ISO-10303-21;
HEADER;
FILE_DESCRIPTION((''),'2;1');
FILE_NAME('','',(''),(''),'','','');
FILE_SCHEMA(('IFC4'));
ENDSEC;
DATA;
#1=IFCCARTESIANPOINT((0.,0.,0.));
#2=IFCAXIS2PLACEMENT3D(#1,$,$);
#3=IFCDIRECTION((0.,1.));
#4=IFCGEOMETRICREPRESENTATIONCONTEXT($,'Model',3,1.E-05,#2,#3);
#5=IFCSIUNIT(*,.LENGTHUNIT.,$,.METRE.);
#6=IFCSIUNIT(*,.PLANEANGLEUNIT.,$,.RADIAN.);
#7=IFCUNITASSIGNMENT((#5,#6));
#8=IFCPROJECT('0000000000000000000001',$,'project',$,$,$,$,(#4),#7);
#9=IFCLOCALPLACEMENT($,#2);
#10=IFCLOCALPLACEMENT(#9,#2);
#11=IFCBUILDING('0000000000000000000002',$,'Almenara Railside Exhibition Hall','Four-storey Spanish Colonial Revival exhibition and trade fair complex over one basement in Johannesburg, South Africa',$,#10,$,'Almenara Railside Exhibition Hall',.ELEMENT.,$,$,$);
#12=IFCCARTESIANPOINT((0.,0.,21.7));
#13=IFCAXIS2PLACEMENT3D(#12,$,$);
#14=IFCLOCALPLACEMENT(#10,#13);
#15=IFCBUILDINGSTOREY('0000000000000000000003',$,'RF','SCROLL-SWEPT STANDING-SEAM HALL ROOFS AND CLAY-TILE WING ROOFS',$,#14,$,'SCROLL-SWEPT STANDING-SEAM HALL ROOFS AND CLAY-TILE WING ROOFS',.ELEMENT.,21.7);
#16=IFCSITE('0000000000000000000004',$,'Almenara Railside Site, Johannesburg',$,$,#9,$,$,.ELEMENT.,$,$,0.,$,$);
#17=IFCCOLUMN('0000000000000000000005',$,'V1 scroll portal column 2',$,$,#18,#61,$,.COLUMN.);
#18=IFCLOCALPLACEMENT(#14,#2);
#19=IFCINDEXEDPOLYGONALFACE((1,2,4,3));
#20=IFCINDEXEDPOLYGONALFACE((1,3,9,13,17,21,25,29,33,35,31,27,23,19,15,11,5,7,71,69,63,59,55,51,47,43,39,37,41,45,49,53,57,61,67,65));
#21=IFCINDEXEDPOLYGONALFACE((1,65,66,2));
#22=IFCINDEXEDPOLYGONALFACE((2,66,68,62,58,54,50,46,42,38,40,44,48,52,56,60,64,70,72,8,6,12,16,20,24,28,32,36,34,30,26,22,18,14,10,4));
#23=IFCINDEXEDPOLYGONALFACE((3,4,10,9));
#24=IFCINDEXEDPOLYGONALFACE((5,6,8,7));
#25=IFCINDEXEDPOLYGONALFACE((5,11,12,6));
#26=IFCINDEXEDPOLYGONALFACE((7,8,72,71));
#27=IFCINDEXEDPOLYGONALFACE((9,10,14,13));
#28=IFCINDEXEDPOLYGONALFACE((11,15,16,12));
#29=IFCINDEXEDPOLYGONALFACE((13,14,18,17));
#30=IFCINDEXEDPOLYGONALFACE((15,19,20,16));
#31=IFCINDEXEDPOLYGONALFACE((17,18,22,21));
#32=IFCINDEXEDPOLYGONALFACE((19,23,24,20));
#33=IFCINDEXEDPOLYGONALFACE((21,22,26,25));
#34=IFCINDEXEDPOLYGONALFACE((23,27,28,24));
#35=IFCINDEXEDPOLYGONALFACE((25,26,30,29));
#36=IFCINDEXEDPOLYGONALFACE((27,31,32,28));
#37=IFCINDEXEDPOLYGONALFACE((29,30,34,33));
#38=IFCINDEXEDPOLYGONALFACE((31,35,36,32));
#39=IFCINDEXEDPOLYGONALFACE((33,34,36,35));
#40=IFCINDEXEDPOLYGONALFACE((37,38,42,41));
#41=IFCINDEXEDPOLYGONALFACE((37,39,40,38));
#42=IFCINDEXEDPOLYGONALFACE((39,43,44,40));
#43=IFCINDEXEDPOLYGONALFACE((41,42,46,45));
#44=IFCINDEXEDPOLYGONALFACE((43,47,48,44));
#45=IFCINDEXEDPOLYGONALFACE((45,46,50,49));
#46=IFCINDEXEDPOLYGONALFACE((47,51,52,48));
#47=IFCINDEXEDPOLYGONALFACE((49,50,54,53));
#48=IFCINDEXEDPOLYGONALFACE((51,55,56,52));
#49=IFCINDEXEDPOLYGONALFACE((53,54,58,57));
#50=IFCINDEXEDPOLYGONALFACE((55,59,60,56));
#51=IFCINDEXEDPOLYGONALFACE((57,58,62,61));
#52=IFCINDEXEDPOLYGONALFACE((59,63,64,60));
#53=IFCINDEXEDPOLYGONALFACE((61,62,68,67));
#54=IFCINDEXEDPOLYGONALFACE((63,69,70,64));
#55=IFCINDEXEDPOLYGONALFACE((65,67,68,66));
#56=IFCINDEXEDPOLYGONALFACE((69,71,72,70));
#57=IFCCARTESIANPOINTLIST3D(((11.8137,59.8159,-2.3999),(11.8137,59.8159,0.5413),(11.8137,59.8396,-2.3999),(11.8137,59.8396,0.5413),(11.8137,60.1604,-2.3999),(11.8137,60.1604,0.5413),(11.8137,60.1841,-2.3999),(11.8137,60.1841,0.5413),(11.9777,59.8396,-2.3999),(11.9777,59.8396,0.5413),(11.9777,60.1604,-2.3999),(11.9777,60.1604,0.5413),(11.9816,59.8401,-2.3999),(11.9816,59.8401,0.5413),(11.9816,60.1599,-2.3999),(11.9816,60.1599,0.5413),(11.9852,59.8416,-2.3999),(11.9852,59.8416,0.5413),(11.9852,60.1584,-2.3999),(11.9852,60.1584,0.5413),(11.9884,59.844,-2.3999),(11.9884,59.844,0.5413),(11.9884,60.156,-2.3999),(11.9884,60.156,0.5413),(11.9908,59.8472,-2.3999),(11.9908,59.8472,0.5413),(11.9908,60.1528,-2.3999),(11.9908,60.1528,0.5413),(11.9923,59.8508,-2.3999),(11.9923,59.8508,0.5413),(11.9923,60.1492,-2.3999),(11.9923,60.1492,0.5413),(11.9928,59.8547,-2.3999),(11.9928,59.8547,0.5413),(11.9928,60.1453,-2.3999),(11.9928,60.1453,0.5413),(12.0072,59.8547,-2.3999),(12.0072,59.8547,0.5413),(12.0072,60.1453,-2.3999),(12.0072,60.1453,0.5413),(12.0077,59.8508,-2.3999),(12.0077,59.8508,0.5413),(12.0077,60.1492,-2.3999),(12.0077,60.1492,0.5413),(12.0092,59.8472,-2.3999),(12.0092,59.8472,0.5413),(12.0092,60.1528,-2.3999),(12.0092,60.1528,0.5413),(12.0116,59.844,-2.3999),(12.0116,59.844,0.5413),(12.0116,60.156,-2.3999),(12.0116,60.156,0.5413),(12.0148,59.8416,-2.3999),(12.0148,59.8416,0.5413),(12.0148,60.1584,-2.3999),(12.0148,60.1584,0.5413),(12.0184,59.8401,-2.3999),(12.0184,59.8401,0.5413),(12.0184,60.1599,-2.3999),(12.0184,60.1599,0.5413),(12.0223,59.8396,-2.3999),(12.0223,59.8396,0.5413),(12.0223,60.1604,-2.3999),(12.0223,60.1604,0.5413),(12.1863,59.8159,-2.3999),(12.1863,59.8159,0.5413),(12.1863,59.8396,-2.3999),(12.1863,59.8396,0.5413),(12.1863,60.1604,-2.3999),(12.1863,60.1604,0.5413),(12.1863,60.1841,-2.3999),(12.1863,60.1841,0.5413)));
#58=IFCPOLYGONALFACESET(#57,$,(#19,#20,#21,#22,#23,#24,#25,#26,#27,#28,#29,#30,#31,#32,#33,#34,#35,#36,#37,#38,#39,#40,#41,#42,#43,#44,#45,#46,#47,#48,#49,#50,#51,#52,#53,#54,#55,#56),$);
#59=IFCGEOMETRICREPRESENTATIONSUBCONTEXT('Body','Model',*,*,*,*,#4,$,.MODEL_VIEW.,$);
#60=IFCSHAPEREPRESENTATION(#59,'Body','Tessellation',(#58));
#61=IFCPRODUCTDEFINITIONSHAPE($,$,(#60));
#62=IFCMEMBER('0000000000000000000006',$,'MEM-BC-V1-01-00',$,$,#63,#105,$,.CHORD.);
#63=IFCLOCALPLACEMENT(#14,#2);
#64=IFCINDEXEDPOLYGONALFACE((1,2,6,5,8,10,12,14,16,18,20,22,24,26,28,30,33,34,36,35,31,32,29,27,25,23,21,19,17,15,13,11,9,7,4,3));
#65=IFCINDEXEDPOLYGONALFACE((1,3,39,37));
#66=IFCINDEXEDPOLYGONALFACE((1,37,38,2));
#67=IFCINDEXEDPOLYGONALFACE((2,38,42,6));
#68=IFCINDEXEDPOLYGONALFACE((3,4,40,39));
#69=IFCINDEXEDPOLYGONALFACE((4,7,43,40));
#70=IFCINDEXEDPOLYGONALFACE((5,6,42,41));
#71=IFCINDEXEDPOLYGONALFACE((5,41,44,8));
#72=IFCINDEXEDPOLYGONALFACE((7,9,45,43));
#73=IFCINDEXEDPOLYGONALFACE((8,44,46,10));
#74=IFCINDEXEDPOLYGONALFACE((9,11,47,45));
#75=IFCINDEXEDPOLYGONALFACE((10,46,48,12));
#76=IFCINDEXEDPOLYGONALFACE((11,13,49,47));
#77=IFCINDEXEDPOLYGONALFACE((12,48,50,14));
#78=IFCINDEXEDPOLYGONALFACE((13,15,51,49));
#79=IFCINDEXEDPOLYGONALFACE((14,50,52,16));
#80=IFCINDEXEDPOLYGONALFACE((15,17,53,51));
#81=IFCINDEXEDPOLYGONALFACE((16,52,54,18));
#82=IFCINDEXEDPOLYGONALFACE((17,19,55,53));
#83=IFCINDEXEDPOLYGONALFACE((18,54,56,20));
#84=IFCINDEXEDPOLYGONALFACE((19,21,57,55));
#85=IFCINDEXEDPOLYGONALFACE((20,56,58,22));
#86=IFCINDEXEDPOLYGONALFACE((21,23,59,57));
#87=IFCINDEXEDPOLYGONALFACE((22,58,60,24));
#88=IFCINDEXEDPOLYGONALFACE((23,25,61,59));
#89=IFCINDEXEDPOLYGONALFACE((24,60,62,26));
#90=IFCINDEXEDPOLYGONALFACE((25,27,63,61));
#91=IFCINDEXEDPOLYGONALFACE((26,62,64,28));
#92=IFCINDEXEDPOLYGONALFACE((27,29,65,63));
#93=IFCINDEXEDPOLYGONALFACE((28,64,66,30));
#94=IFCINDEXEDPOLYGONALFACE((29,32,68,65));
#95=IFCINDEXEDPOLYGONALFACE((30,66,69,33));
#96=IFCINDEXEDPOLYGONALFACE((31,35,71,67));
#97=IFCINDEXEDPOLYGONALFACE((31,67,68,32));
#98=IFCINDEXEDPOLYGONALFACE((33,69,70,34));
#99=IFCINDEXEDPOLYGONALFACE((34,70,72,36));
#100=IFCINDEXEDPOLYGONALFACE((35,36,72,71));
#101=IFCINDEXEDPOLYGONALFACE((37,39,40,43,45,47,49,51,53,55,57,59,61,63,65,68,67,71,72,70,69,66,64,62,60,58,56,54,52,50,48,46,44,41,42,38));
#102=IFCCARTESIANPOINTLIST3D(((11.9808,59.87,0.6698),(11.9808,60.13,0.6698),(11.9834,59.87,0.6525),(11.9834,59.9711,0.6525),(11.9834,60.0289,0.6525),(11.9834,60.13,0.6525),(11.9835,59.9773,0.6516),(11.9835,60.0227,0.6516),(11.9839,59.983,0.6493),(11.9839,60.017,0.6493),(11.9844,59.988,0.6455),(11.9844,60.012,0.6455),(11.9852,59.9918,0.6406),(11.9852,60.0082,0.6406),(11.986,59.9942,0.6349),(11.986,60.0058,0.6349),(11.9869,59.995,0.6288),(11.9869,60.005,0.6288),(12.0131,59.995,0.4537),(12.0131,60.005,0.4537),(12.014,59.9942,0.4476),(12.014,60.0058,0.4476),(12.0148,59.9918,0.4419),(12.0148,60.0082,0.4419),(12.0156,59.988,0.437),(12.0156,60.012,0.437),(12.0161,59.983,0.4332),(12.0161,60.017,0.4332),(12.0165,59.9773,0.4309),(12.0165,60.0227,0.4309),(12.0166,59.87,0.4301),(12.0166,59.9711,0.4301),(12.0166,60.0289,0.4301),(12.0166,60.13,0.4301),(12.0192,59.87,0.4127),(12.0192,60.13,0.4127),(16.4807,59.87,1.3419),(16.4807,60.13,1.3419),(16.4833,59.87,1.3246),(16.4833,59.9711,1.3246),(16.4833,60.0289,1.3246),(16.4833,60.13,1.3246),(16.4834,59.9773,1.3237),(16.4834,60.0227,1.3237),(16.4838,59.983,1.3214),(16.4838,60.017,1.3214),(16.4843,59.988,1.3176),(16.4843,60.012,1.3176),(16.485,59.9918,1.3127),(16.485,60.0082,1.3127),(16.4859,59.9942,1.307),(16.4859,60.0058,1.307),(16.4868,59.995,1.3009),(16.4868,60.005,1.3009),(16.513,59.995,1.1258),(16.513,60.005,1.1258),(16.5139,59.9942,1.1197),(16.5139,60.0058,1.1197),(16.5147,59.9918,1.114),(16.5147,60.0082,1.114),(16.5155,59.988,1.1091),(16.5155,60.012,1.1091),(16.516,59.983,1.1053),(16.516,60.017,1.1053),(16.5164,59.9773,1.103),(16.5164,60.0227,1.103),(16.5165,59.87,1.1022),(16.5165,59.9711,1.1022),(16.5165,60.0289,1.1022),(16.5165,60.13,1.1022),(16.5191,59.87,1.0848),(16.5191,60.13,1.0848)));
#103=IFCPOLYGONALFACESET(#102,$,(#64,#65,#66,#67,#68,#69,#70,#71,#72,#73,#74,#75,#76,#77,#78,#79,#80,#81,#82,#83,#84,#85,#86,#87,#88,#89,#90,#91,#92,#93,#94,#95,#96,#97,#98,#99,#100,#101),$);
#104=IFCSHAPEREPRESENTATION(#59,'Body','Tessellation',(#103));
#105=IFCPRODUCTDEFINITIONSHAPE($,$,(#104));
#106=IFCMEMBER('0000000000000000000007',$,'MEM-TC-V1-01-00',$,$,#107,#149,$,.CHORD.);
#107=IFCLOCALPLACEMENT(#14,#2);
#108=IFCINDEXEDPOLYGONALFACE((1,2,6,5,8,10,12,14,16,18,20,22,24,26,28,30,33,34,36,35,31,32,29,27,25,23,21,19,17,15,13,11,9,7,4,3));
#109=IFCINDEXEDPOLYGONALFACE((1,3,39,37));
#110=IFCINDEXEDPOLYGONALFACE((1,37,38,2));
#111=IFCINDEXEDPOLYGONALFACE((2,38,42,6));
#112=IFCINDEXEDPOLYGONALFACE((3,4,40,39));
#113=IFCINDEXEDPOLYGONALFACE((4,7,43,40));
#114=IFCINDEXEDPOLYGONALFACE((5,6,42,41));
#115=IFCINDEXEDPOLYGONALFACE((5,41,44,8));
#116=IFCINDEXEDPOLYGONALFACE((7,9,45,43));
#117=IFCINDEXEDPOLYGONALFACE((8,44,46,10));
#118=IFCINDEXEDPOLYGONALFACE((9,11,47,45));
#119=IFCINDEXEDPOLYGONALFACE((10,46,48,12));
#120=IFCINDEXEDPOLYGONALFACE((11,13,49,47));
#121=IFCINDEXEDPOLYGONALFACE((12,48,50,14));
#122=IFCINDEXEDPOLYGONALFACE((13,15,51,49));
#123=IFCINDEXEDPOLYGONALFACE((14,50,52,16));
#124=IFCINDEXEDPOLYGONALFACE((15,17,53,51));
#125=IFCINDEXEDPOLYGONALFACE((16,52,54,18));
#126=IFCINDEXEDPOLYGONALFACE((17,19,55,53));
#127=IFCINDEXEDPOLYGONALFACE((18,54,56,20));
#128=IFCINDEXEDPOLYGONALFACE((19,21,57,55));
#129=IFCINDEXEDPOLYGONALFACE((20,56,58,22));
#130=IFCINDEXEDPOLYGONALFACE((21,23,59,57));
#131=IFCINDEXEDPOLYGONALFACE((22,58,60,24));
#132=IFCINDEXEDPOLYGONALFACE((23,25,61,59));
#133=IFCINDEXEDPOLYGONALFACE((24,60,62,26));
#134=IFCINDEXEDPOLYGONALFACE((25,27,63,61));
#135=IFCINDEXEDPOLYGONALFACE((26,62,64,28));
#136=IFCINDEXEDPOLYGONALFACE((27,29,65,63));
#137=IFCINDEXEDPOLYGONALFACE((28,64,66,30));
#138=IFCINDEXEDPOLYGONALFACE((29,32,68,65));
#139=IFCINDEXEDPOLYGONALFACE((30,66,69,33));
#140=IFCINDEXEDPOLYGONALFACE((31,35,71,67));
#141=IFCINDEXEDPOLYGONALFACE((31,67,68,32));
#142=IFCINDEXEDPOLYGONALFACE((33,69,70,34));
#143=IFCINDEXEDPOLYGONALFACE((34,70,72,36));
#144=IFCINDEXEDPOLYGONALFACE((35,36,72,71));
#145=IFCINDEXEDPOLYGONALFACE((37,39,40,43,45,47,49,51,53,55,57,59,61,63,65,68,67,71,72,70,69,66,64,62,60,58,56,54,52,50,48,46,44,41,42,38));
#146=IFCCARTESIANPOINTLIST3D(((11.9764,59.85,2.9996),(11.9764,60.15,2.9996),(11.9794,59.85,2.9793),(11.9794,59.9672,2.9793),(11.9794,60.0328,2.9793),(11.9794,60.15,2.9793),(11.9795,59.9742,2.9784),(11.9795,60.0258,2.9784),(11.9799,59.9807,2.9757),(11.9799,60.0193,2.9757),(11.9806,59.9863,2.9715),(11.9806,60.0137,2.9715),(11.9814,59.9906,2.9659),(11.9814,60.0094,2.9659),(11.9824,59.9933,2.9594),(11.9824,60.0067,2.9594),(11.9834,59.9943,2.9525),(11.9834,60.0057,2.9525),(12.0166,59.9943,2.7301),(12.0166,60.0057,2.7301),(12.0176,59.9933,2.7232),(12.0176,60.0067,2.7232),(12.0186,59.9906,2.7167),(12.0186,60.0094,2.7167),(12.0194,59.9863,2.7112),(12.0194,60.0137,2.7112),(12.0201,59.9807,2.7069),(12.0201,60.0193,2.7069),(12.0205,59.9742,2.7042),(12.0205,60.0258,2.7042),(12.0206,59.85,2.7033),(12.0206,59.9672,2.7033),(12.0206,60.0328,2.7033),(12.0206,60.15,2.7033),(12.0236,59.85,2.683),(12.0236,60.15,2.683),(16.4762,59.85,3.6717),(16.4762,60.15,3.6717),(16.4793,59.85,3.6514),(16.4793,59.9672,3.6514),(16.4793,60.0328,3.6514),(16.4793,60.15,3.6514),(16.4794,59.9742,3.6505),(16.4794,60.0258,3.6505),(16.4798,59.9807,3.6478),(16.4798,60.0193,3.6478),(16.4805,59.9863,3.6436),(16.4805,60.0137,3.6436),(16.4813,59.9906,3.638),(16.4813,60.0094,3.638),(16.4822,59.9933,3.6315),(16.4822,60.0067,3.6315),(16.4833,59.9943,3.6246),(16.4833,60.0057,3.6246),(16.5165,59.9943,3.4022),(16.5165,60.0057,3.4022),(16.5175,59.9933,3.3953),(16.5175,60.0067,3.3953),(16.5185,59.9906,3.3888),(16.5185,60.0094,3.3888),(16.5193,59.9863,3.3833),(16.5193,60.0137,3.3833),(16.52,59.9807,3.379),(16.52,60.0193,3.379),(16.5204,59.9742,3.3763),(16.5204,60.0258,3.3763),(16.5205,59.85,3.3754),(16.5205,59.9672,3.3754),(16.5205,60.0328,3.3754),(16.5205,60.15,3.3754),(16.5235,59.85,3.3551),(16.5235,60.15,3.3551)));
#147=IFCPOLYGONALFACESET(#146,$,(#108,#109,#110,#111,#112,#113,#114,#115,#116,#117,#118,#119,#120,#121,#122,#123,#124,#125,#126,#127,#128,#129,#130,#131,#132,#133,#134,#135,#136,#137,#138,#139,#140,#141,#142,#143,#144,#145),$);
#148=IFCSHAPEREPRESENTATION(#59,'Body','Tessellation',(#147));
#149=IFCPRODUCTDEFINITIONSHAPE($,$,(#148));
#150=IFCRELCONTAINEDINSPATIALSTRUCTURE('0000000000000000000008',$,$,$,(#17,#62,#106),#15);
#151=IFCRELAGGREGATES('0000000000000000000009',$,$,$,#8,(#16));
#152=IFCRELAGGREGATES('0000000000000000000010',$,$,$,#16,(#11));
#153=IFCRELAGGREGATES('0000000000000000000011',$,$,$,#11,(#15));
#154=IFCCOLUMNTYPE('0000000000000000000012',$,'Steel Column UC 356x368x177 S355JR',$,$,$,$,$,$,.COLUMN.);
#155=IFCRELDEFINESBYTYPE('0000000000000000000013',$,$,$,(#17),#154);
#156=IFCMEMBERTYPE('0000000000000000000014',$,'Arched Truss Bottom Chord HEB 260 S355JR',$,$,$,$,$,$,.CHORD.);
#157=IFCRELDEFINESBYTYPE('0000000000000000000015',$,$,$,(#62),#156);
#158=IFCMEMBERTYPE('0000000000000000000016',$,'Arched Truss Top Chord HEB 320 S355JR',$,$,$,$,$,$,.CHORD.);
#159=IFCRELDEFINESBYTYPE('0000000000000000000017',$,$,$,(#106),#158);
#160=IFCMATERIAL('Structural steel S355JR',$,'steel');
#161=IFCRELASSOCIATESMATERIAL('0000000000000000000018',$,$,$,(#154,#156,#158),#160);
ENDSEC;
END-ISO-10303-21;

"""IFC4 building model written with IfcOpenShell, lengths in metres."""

from ifc_helpers import new_model, si_unit, direction, frame, origin, origin_2d, place, context, subcontext, project, spatial, i_section, extrude, material, material_profile, profile_set, type_object, element, save


model = new_model("IFC4")

# Units and contexts
model_context = context("Model", 3, precision=1e-05, world=origin(), true_north=direction((0.0, 1.0)))
body_context = subcontext(model_context, "Body", "Model", "MODEL_VIEW")
ifc_project = project(units=[si_unit("LENGTHUNIT", "METRE"), si_unit("PLANEANGLEUNIT", "RADIAN")], contexts=[model_context])

# Site, building, storey
site_placement = place(None, origin())
site = spatial("IfcSite", under=ifc_project, at=site_placement, Name="Almenara Railside Site, Johannesburg", CompositionType="ELEMENT", RefElevation=0.0)
building_placement = place(site_placement, origin())
building = spatial("IfcBuilding", under=site, at=building_placement, Name="Almenara Railside Exhibition Hall", Description="Four-storey Spanish Colonial Revival exhibition and trade fair complex over one basement in Johannesburg, South Africa", LongName="Almenara Railside Exhibition Hall", CompositionType="ELEMENT")
storey_placement = place(building_placement, frame((0.0, 0.0, 21.7)))
storey = spatial("IfcBuildingStorey", under=building, at=storey_placement, Name="RF", Description="SCROLL-SWEPT STANDING-SEAM HALL ROOFS AND CLAY-TILE WING ROOFS", LongName="SCROLL-SWEPT STANDING-SEAM HALL ROOFS AND CLAY-TILE WING ROOFS", CompositionType="ELEMENT", Elevation=21.7)

# Column
ifc_material_1 = material(Name="Structural steel S355JR", Category="steel")
ifc_material_profile_1 = material_profile(ifc_material_1, i_section(OverallWidth=0.3726, OverallDepth=0.3682, WebThickness=0.0144, FlangeThickness=0.0237, FilletRadius=0.0151, at=origin_2d()), Name="UC 356x368x177")
ifc_profile_set_1 = profile_set([ifc_material_profile_1], Name="Structural steel S355JR")
column_type = type_object("IfcColumnType", Name="Steel Column UC 356x368x177 S355JR", PredefinedType="COLUMN", material=ifc_profile_set_1)
column_placement = place(storey_placement, frame((12.0, 60.0, -2.3999), z_axis=(0.0, 0.0, 1.0), x_axis=(1.0, 0.0, 0.0)))
element("IfcColumn", 1, at=column_placement, inside=storey, type_object=column_type, Name="V1 scroll portal column 2", PredefinedType="COLUMN", context=body_context, shape_type="SweptSolid", body=[
    extrude(i_section(OverallWidth=0.3726, OverallDepth=0.3682, WebThickness=0.0144, FlangeThickness=0.0237, FilletRadius=0.0151, at=origin_2d()), origin(), (0.0, 0.0, 1.0), 2.9412),
])

# Members
ifc_material_profile_2 = material_profile(ifc_material_1, i_section(OverallWidth=0.26, OverallDepth=0.26, WebThickness=0.01, FlangeThickness=0.0176, FilletRadius=0.0239, at=origin_2d()), Name="HEB 260")
ifc_profile_set_2 = profile_set([ifc_material_profile_2], Name="Structural steel S355JR")
member_type_1 = type_object("IfcMemberType", Name="Arched Truss Bottom Chord HEB 260 S355JR", PredefinedType="CHORD", material=ifc_profile_set_2)
member_1_placement = place(storey_placement, frame((12.0, 60.0, 0.5413), z_axis=(0.989029, 0.0, 0.147721), x_axis=(0.0, 1.0, 0.0)))
element("IfcMember", 2, at=member_1_placement, inside=storey, type_object=member_type_1, Name="MEM-BC-V1-01-00", PredefinedType="CHORD", context=body_context, shape_type="SweptSolid", body=[
    extrude(i_section(OverallWidth=0.26, OverallDepth=0.26, WebThickness=0.01, FlangeThickness=0.0176, FilletRadius=0.0239, at=origin_2d()), origin(), (0.0, 0.0, 1.0), 4.5498),
])
ifc_material_profile_3 = material_profile(ifc_material_1, i_section(OverallWidth=0.3, OverallDepth=0.3201, WebThickness=0.0115, FlangeThickness=0.0205, FilletRadius=0.0271, at=origin_2d()), Name="HEB 320")
ifc_profile_set_3 = profile_set([ifc_material_profile_3], Name="Structural steel S355JR")
member_type_2 = type_object("IfcMemberType", Name="Arched Truss Top Chord HEB 320 S355JR", PredefinedType="CHORD", material=ifc_profile_set_3)
member_2_placement = place(storey_placement, frame((12.0, 60.0, 2.8413), z_axis=(0.989029, 0.0, 0.147721), x_axis=(0.0, 1.0, 0.0)))
element("IfcMember", 3, at=member_2_placement, inside=storey, type_object=member_type_2, Name="MEM-TC-V1-01-00", PredefinedType="CHORD", context=body_context, shape_type="SweptSolid", body=[
    extrude(i_section(OverallWidth=0.3, OverallDepth=0.3201, WebThickness=0.0115, FlangeThickness=0.0205, FilletRadius=0.0271, at=origin_2d()), origin(), (0.0, 0.0, 1.0), 4.5498),
])

save(model, "model.ifc")
